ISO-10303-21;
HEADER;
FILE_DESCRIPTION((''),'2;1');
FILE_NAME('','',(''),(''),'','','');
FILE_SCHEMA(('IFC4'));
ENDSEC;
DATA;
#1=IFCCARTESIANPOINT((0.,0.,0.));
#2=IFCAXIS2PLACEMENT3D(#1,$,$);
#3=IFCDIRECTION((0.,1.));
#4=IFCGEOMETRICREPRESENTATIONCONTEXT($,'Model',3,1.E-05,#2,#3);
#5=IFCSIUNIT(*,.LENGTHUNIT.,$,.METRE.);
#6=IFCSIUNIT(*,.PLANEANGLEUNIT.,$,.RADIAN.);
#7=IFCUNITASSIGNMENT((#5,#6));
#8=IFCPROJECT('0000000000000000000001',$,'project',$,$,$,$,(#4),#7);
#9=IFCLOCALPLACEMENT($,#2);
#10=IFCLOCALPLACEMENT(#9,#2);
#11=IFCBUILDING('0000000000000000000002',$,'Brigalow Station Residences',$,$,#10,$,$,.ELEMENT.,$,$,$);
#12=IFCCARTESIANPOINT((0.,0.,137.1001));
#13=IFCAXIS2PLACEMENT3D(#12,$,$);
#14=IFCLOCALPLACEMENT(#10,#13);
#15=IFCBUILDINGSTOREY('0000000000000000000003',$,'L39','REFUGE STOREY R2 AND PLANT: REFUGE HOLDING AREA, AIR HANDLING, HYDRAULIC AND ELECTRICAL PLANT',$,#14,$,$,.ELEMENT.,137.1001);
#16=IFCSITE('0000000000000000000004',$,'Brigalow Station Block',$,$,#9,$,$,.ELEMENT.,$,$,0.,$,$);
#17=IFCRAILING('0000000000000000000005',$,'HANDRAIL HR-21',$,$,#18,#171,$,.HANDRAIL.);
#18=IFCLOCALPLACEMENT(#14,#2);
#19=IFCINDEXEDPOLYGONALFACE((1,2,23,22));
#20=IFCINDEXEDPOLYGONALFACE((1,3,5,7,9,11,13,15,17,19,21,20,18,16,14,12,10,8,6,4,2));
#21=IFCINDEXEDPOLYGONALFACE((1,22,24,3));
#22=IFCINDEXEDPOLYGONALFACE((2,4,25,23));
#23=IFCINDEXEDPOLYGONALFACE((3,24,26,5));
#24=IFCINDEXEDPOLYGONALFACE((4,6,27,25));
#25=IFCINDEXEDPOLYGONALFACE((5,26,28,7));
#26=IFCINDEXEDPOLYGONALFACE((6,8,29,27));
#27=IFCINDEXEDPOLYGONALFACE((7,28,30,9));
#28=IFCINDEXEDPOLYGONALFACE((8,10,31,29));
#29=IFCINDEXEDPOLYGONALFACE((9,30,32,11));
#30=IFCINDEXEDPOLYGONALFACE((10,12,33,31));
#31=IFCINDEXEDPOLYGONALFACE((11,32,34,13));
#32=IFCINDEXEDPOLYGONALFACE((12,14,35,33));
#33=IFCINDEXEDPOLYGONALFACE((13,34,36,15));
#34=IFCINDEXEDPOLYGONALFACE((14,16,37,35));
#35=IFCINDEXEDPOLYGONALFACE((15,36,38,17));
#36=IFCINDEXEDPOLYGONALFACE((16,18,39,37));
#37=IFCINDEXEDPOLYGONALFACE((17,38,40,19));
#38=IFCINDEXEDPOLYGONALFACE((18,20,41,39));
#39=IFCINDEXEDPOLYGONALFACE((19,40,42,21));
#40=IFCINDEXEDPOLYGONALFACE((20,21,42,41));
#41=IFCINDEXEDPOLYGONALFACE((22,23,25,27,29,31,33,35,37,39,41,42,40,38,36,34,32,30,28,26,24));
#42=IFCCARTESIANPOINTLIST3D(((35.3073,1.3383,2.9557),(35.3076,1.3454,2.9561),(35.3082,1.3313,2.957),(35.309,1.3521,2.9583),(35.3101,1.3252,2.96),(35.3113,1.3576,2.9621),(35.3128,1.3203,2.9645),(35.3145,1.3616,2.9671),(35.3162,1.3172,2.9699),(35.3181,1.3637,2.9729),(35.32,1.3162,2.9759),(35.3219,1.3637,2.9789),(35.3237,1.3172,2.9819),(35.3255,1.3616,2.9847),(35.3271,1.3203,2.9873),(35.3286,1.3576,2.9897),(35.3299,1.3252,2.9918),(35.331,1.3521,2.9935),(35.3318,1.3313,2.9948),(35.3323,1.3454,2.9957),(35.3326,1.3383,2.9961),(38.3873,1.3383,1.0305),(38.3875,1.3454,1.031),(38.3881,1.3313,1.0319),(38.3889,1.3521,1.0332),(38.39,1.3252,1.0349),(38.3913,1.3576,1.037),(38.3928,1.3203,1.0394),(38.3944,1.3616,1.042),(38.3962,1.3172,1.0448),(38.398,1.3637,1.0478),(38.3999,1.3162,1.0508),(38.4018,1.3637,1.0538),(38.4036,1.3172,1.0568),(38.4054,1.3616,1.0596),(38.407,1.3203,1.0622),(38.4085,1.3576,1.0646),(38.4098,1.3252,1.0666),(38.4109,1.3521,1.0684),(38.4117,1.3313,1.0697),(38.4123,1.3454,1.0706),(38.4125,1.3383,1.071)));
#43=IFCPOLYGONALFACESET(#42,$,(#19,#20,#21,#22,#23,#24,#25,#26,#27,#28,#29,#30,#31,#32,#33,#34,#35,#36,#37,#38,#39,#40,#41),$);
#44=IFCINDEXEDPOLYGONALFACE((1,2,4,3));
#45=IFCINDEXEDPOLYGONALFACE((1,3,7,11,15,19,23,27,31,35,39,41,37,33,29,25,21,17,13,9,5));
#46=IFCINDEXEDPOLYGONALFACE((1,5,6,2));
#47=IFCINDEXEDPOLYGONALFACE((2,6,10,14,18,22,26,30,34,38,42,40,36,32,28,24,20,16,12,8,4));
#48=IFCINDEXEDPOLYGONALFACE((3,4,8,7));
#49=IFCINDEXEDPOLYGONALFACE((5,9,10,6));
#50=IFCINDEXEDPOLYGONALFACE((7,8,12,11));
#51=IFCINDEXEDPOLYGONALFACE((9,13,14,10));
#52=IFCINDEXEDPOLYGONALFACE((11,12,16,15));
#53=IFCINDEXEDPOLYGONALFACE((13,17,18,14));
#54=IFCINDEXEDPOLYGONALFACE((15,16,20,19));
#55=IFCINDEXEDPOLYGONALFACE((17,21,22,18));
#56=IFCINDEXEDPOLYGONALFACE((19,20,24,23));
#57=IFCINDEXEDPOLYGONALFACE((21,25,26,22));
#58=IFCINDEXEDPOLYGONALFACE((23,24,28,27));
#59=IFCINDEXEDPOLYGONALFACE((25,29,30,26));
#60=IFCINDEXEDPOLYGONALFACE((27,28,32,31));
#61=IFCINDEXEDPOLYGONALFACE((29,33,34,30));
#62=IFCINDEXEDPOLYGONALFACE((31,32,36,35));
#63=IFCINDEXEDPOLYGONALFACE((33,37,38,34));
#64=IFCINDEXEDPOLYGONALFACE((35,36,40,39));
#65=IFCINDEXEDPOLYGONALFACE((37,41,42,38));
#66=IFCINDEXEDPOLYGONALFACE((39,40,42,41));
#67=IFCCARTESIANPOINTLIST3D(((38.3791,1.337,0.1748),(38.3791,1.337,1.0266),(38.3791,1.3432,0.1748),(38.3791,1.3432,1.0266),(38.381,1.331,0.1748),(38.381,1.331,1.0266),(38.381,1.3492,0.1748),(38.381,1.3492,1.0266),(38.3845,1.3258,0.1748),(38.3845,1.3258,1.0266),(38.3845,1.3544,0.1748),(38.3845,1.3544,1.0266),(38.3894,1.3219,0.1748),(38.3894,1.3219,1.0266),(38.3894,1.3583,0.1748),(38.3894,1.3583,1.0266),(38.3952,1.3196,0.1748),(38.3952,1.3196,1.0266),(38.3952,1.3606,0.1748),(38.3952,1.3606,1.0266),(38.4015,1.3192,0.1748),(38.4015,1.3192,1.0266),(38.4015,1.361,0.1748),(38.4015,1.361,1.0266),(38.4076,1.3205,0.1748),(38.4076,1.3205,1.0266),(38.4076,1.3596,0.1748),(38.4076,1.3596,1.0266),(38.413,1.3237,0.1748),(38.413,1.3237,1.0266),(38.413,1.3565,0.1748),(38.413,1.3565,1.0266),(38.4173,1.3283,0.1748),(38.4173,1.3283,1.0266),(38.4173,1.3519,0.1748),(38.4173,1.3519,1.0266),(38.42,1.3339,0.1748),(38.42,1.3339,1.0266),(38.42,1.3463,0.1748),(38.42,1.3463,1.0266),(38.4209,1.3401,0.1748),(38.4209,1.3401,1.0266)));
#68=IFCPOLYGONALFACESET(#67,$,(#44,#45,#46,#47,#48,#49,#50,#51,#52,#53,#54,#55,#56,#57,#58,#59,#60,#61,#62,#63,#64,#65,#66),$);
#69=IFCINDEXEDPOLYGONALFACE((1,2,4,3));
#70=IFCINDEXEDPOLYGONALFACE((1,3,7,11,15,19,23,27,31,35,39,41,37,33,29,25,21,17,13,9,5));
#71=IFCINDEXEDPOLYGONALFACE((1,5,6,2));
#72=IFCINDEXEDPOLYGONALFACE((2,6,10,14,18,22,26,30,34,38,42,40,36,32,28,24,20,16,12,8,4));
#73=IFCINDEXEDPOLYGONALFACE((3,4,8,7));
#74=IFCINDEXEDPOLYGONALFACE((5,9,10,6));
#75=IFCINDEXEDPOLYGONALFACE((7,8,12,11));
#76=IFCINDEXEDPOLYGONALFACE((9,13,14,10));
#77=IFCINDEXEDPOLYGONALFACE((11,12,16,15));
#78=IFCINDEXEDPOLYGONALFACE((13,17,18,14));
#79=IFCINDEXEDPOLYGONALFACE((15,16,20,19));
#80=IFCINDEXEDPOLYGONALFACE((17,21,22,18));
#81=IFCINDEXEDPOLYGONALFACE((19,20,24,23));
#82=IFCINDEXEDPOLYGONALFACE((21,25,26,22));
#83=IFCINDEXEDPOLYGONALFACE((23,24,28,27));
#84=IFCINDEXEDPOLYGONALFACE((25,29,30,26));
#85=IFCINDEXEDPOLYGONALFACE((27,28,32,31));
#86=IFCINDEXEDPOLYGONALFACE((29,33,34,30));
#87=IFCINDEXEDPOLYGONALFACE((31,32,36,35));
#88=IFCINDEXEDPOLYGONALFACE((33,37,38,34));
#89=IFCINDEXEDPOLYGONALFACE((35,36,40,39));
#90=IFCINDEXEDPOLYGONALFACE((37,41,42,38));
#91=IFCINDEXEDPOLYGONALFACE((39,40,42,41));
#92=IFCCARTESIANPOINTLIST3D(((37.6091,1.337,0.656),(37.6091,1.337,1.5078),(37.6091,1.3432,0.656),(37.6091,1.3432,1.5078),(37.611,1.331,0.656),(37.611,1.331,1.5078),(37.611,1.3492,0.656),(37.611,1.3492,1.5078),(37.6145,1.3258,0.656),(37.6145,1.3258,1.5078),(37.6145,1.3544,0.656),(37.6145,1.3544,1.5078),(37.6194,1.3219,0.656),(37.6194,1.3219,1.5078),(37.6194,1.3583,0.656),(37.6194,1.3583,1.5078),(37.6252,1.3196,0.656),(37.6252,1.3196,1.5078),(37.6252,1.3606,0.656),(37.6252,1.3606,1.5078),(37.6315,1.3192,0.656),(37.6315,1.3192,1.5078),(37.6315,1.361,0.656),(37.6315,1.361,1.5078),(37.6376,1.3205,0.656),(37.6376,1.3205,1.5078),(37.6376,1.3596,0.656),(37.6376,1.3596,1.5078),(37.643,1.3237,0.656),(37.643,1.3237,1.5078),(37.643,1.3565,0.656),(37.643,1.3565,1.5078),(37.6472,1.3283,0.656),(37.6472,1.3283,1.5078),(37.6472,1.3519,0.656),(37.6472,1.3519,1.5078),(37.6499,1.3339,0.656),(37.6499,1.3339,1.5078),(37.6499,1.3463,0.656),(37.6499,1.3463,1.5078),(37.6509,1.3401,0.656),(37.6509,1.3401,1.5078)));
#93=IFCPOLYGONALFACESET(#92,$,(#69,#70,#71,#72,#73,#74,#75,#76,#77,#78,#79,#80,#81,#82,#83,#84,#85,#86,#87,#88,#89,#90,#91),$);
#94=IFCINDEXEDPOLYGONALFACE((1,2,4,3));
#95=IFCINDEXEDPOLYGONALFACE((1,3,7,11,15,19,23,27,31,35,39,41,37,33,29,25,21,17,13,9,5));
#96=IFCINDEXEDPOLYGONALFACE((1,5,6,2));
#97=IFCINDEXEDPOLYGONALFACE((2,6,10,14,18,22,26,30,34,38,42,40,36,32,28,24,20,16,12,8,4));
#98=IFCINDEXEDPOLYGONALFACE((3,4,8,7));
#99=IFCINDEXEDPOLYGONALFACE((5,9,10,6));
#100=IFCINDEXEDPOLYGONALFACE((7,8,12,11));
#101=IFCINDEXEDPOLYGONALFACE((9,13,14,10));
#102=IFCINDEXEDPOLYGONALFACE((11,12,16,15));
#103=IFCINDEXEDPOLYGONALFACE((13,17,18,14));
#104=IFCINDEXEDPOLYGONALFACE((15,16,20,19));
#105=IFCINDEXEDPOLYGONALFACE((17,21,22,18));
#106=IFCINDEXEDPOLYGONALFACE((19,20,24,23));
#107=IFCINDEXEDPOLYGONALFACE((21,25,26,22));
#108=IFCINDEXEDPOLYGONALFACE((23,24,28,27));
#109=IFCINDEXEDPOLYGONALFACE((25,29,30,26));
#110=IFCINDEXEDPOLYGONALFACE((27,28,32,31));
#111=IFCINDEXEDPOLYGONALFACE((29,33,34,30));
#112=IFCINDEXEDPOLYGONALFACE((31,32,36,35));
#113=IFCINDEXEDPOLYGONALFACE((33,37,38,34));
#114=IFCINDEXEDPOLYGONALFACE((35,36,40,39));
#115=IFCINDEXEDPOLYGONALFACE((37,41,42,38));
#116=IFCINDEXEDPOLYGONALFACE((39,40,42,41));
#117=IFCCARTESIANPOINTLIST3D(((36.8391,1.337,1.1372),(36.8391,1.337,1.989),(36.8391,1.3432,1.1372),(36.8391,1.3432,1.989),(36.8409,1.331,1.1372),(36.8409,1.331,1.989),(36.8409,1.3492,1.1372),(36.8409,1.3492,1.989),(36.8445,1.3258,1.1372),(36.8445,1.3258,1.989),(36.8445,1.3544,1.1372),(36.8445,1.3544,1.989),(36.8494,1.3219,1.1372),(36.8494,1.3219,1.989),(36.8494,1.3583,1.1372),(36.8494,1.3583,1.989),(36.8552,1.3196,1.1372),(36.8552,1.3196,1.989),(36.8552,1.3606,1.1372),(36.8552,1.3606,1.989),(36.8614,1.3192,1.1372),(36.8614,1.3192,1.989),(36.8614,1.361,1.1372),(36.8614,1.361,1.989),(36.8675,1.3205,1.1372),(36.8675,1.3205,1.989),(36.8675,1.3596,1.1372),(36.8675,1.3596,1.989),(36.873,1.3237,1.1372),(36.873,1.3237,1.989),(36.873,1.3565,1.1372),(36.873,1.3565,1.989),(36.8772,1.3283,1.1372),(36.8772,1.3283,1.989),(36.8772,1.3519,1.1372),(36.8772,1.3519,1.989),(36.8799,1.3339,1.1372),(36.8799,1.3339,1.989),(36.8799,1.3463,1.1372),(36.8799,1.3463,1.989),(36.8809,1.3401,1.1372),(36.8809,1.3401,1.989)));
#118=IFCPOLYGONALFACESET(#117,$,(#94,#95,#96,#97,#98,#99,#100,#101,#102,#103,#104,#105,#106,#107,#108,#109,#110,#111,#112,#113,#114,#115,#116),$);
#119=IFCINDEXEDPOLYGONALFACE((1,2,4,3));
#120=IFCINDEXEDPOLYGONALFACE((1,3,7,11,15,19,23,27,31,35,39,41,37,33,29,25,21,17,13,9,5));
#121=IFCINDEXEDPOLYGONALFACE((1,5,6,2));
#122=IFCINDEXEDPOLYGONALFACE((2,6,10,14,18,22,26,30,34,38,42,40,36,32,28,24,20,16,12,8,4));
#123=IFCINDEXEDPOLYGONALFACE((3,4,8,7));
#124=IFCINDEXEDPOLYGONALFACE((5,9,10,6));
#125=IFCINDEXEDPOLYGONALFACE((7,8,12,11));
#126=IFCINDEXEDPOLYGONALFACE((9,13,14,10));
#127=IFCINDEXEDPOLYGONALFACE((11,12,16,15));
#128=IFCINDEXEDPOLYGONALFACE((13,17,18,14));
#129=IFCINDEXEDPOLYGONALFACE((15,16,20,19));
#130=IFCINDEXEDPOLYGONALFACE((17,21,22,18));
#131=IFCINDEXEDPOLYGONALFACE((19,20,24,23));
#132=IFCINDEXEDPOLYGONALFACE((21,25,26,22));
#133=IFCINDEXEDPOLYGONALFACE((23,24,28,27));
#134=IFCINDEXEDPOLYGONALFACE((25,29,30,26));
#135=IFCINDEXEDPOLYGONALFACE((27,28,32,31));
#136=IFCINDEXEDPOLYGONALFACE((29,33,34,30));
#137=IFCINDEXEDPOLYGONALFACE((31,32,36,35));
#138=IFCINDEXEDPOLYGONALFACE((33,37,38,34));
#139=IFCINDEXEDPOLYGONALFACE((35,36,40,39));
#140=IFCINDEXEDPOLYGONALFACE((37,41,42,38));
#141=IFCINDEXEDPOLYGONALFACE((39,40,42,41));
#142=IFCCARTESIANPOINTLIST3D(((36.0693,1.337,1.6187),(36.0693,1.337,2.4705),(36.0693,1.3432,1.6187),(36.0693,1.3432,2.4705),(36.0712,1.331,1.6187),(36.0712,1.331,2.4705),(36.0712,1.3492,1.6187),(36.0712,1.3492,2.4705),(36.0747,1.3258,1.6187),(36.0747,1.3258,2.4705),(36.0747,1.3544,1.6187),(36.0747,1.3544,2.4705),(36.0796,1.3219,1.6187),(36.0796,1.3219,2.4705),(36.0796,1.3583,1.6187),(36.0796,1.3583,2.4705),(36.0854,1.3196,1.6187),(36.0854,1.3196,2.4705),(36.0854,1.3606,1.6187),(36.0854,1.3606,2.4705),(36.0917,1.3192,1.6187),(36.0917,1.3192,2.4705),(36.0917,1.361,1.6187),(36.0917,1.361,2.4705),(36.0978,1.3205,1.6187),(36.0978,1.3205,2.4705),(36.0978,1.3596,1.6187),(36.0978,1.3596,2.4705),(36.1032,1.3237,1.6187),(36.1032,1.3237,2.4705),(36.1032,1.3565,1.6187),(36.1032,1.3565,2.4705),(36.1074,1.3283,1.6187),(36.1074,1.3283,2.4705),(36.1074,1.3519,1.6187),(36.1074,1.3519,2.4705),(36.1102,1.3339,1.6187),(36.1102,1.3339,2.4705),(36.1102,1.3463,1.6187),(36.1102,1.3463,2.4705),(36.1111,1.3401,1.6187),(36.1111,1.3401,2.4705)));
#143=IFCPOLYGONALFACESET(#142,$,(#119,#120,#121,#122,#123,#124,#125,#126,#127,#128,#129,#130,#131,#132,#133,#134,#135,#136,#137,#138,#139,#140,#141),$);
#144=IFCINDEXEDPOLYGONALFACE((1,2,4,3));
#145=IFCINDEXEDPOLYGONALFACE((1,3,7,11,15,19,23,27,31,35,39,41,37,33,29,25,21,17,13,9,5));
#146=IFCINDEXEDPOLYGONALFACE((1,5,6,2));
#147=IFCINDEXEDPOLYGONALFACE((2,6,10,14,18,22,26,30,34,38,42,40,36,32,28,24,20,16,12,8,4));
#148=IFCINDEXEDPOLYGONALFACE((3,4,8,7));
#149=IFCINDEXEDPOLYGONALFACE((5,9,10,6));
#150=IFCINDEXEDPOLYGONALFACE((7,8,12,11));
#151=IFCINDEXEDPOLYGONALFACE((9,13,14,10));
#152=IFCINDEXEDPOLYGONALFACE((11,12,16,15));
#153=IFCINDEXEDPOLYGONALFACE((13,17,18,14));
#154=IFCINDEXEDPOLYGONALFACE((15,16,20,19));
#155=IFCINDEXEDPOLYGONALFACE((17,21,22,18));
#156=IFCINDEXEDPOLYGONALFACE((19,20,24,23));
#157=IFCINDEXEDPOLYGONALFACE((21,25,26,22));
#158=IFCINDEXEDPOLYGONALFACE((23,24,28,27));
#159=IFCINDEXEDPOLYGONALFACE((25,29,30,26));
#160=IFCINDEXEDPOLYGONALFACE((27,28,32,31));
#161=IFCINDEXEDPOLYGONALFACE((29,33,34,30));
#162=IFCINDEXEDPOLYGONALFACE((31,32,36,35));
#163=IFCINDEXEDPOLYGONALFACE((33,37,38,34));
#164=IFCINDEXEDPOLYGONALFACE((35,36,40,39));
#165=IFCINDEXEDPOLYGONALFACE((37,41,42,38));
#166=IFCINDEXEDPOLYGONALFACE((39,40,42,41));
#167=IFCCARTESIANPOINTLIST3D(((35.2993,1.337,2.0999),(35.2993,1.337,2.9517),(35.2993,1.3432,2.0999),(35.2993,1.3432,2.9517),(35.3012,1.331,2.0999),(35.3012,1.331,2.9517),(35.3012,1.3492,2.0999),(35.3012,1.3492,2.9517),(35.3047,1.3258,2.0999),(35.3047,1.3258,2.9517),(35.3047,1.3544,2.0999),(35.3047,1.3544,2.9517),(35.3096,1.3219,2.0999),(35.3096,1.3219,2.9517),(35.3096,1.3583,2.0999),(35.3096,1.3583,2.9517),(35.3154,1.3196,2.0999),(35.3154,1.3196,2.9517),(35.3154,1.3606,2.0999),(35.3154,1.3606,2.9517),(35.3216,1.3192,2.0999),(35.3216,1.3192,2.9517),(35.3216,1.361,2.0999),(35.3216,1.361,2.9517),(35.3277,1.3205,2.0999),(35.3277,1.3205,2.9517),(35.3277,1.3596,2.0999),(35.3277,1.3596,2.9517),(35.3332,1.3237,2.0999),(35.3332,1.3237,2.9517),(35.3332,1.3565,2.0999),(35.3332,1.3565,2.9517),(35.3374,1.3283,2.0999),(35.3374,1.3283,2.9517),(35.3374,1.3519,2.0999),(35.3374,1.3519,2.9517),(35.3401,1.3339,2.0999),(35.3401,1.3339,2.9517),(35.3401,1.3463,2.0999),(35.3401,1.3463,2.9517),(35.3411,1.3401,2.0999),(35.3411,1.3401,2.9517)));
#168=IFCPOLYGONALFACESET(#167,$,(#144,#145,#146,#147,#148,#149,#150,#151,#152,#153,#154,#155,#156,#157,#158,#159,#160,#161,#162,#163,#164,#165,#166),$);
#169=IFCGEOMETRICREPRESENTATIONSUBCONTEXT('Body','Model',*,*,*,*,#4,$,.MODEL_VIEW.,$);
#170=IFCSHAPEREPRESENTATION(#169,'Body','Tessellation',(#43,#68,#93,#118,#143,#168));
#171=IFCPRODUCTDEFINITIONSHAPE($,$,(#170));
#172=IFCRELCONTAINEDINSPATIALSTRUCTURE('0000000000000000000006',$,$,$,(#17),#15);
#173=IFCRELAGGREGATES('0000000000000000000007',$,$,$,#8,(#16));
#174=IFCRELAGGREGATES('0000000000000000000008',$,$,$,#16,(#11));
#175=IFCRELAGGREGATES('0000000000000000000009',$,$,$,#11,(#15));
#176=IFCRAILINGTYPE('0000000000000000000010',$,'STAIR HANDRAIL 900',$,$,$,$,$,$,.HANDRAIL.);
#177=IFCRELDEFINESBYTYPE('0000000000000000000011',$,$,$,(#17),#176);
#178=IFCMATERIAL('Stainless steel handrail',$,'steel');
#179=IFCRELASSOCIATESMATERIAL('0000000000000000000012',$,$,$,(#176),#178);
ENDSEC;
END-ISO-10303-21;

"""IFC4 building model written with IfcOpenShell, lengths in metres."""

from ifc_helpers import new_model, si_unit, direction, frame, origin, origin_2d, place, context, subcontext, project, spatial, circle, extrude, material, type_object, element, save


model = new_model("IFC4")

# Units and contexts
model_context = context("Model", 3, precision=1e-05, world=origin(), true_north=direction((0.0, 1.0)))
body_context = subcontext(model_context, "Body", "Model", "MODEL_VIEW")
ifc_project = project(units=[si_unit("LENGTHUNIT", "METRE"), si_unit("PLANEANGLEUNIT", "RADIAN")], contexts=[model_context])

# Site, building, storey
site_placement = place(None, origin())
site = spatial("IfcSite", under=ifc_project, at=site_placement, Name="Brigalow Station Block", CompositionType="ELEMENT", RefElevation=0.0)
building_placement = place(site_placement, origin())
building = spatial("IfcBuilding", under=site, at=building_placement, Name="Brigalow Station Residences", CompositionType="ELEMENT")
storey_placement = place(building_placement, frame((0.0, 0.0, 137.1001)))
storey = spatial("IfcBuildingStorey", under=building, at=storey_placement, Name="L39", Description="REFUGE STOREY R2 AND PLANT: REFUGE HOLDING AREA, AIR HANDLING, HYDRAULIC AND ELECTRICAL PLANT", CompositionType="ELEMENT", Elevation=137.1001)

# Railing
ifc_material_1 = material(Name="Stainless steel handrail", Category="steel")
railing_type_1 = type_object("IfcRailingType", Name="STAIR HANDRAIL 900", PredefinedType="HANDRAIL", material=ifc_material_1)
railing_1_placement = place(storey_placement, frame((38.3999, 1.3401, 0.1748)))
element("IfcRailing", 1, at=railing_1_placement, inside=storey, type_object=railing_type_1, Name="HANDRAIL HR-21", PredefinedType="HANDRAIL", context=body_context, shape_type="SweptSolid", body=[
    extrude(circle(Radius=0.0239, at=origin_2d()), frame((0.0, 0.0, 0.876), z_axis=(-0.847979, 0.0, 0.530029), x_axis=(0.0, -1.0, 0.0)), (0.0, 0.0, 1.0), 3.6321),
    extrude(circle(Radius=0.021, at=origin_2d()), origin(), (0.0, 0.0, 1.0), 0.8518),
    extrude(circle(Radius=0.021, at=origin_2d()), frame((-0.77, 0.0, 0.4812)), (0.0, 0.0, 1.0), 0.8518),
    extrude(circle(Radius=0.021, at=origin_2d()), frame((-1.54, 0.0, 0.9624)), (0.0, 0.0, 1.0), 0.8518),
    extrude(circle(Radius=0.021, at=origin_2d()), frame((-2.3098, 0.0, 1.4438)), (0.0, 0.0, 1.0), 0.8518),
    extrude(circle(Radius=0.021, at=origin_2d()), frame((-3.0798, 0.0, 1.925)), (0.0, 0.0, 1.0), 0.8518),
])

save(model, "model.ifc")
